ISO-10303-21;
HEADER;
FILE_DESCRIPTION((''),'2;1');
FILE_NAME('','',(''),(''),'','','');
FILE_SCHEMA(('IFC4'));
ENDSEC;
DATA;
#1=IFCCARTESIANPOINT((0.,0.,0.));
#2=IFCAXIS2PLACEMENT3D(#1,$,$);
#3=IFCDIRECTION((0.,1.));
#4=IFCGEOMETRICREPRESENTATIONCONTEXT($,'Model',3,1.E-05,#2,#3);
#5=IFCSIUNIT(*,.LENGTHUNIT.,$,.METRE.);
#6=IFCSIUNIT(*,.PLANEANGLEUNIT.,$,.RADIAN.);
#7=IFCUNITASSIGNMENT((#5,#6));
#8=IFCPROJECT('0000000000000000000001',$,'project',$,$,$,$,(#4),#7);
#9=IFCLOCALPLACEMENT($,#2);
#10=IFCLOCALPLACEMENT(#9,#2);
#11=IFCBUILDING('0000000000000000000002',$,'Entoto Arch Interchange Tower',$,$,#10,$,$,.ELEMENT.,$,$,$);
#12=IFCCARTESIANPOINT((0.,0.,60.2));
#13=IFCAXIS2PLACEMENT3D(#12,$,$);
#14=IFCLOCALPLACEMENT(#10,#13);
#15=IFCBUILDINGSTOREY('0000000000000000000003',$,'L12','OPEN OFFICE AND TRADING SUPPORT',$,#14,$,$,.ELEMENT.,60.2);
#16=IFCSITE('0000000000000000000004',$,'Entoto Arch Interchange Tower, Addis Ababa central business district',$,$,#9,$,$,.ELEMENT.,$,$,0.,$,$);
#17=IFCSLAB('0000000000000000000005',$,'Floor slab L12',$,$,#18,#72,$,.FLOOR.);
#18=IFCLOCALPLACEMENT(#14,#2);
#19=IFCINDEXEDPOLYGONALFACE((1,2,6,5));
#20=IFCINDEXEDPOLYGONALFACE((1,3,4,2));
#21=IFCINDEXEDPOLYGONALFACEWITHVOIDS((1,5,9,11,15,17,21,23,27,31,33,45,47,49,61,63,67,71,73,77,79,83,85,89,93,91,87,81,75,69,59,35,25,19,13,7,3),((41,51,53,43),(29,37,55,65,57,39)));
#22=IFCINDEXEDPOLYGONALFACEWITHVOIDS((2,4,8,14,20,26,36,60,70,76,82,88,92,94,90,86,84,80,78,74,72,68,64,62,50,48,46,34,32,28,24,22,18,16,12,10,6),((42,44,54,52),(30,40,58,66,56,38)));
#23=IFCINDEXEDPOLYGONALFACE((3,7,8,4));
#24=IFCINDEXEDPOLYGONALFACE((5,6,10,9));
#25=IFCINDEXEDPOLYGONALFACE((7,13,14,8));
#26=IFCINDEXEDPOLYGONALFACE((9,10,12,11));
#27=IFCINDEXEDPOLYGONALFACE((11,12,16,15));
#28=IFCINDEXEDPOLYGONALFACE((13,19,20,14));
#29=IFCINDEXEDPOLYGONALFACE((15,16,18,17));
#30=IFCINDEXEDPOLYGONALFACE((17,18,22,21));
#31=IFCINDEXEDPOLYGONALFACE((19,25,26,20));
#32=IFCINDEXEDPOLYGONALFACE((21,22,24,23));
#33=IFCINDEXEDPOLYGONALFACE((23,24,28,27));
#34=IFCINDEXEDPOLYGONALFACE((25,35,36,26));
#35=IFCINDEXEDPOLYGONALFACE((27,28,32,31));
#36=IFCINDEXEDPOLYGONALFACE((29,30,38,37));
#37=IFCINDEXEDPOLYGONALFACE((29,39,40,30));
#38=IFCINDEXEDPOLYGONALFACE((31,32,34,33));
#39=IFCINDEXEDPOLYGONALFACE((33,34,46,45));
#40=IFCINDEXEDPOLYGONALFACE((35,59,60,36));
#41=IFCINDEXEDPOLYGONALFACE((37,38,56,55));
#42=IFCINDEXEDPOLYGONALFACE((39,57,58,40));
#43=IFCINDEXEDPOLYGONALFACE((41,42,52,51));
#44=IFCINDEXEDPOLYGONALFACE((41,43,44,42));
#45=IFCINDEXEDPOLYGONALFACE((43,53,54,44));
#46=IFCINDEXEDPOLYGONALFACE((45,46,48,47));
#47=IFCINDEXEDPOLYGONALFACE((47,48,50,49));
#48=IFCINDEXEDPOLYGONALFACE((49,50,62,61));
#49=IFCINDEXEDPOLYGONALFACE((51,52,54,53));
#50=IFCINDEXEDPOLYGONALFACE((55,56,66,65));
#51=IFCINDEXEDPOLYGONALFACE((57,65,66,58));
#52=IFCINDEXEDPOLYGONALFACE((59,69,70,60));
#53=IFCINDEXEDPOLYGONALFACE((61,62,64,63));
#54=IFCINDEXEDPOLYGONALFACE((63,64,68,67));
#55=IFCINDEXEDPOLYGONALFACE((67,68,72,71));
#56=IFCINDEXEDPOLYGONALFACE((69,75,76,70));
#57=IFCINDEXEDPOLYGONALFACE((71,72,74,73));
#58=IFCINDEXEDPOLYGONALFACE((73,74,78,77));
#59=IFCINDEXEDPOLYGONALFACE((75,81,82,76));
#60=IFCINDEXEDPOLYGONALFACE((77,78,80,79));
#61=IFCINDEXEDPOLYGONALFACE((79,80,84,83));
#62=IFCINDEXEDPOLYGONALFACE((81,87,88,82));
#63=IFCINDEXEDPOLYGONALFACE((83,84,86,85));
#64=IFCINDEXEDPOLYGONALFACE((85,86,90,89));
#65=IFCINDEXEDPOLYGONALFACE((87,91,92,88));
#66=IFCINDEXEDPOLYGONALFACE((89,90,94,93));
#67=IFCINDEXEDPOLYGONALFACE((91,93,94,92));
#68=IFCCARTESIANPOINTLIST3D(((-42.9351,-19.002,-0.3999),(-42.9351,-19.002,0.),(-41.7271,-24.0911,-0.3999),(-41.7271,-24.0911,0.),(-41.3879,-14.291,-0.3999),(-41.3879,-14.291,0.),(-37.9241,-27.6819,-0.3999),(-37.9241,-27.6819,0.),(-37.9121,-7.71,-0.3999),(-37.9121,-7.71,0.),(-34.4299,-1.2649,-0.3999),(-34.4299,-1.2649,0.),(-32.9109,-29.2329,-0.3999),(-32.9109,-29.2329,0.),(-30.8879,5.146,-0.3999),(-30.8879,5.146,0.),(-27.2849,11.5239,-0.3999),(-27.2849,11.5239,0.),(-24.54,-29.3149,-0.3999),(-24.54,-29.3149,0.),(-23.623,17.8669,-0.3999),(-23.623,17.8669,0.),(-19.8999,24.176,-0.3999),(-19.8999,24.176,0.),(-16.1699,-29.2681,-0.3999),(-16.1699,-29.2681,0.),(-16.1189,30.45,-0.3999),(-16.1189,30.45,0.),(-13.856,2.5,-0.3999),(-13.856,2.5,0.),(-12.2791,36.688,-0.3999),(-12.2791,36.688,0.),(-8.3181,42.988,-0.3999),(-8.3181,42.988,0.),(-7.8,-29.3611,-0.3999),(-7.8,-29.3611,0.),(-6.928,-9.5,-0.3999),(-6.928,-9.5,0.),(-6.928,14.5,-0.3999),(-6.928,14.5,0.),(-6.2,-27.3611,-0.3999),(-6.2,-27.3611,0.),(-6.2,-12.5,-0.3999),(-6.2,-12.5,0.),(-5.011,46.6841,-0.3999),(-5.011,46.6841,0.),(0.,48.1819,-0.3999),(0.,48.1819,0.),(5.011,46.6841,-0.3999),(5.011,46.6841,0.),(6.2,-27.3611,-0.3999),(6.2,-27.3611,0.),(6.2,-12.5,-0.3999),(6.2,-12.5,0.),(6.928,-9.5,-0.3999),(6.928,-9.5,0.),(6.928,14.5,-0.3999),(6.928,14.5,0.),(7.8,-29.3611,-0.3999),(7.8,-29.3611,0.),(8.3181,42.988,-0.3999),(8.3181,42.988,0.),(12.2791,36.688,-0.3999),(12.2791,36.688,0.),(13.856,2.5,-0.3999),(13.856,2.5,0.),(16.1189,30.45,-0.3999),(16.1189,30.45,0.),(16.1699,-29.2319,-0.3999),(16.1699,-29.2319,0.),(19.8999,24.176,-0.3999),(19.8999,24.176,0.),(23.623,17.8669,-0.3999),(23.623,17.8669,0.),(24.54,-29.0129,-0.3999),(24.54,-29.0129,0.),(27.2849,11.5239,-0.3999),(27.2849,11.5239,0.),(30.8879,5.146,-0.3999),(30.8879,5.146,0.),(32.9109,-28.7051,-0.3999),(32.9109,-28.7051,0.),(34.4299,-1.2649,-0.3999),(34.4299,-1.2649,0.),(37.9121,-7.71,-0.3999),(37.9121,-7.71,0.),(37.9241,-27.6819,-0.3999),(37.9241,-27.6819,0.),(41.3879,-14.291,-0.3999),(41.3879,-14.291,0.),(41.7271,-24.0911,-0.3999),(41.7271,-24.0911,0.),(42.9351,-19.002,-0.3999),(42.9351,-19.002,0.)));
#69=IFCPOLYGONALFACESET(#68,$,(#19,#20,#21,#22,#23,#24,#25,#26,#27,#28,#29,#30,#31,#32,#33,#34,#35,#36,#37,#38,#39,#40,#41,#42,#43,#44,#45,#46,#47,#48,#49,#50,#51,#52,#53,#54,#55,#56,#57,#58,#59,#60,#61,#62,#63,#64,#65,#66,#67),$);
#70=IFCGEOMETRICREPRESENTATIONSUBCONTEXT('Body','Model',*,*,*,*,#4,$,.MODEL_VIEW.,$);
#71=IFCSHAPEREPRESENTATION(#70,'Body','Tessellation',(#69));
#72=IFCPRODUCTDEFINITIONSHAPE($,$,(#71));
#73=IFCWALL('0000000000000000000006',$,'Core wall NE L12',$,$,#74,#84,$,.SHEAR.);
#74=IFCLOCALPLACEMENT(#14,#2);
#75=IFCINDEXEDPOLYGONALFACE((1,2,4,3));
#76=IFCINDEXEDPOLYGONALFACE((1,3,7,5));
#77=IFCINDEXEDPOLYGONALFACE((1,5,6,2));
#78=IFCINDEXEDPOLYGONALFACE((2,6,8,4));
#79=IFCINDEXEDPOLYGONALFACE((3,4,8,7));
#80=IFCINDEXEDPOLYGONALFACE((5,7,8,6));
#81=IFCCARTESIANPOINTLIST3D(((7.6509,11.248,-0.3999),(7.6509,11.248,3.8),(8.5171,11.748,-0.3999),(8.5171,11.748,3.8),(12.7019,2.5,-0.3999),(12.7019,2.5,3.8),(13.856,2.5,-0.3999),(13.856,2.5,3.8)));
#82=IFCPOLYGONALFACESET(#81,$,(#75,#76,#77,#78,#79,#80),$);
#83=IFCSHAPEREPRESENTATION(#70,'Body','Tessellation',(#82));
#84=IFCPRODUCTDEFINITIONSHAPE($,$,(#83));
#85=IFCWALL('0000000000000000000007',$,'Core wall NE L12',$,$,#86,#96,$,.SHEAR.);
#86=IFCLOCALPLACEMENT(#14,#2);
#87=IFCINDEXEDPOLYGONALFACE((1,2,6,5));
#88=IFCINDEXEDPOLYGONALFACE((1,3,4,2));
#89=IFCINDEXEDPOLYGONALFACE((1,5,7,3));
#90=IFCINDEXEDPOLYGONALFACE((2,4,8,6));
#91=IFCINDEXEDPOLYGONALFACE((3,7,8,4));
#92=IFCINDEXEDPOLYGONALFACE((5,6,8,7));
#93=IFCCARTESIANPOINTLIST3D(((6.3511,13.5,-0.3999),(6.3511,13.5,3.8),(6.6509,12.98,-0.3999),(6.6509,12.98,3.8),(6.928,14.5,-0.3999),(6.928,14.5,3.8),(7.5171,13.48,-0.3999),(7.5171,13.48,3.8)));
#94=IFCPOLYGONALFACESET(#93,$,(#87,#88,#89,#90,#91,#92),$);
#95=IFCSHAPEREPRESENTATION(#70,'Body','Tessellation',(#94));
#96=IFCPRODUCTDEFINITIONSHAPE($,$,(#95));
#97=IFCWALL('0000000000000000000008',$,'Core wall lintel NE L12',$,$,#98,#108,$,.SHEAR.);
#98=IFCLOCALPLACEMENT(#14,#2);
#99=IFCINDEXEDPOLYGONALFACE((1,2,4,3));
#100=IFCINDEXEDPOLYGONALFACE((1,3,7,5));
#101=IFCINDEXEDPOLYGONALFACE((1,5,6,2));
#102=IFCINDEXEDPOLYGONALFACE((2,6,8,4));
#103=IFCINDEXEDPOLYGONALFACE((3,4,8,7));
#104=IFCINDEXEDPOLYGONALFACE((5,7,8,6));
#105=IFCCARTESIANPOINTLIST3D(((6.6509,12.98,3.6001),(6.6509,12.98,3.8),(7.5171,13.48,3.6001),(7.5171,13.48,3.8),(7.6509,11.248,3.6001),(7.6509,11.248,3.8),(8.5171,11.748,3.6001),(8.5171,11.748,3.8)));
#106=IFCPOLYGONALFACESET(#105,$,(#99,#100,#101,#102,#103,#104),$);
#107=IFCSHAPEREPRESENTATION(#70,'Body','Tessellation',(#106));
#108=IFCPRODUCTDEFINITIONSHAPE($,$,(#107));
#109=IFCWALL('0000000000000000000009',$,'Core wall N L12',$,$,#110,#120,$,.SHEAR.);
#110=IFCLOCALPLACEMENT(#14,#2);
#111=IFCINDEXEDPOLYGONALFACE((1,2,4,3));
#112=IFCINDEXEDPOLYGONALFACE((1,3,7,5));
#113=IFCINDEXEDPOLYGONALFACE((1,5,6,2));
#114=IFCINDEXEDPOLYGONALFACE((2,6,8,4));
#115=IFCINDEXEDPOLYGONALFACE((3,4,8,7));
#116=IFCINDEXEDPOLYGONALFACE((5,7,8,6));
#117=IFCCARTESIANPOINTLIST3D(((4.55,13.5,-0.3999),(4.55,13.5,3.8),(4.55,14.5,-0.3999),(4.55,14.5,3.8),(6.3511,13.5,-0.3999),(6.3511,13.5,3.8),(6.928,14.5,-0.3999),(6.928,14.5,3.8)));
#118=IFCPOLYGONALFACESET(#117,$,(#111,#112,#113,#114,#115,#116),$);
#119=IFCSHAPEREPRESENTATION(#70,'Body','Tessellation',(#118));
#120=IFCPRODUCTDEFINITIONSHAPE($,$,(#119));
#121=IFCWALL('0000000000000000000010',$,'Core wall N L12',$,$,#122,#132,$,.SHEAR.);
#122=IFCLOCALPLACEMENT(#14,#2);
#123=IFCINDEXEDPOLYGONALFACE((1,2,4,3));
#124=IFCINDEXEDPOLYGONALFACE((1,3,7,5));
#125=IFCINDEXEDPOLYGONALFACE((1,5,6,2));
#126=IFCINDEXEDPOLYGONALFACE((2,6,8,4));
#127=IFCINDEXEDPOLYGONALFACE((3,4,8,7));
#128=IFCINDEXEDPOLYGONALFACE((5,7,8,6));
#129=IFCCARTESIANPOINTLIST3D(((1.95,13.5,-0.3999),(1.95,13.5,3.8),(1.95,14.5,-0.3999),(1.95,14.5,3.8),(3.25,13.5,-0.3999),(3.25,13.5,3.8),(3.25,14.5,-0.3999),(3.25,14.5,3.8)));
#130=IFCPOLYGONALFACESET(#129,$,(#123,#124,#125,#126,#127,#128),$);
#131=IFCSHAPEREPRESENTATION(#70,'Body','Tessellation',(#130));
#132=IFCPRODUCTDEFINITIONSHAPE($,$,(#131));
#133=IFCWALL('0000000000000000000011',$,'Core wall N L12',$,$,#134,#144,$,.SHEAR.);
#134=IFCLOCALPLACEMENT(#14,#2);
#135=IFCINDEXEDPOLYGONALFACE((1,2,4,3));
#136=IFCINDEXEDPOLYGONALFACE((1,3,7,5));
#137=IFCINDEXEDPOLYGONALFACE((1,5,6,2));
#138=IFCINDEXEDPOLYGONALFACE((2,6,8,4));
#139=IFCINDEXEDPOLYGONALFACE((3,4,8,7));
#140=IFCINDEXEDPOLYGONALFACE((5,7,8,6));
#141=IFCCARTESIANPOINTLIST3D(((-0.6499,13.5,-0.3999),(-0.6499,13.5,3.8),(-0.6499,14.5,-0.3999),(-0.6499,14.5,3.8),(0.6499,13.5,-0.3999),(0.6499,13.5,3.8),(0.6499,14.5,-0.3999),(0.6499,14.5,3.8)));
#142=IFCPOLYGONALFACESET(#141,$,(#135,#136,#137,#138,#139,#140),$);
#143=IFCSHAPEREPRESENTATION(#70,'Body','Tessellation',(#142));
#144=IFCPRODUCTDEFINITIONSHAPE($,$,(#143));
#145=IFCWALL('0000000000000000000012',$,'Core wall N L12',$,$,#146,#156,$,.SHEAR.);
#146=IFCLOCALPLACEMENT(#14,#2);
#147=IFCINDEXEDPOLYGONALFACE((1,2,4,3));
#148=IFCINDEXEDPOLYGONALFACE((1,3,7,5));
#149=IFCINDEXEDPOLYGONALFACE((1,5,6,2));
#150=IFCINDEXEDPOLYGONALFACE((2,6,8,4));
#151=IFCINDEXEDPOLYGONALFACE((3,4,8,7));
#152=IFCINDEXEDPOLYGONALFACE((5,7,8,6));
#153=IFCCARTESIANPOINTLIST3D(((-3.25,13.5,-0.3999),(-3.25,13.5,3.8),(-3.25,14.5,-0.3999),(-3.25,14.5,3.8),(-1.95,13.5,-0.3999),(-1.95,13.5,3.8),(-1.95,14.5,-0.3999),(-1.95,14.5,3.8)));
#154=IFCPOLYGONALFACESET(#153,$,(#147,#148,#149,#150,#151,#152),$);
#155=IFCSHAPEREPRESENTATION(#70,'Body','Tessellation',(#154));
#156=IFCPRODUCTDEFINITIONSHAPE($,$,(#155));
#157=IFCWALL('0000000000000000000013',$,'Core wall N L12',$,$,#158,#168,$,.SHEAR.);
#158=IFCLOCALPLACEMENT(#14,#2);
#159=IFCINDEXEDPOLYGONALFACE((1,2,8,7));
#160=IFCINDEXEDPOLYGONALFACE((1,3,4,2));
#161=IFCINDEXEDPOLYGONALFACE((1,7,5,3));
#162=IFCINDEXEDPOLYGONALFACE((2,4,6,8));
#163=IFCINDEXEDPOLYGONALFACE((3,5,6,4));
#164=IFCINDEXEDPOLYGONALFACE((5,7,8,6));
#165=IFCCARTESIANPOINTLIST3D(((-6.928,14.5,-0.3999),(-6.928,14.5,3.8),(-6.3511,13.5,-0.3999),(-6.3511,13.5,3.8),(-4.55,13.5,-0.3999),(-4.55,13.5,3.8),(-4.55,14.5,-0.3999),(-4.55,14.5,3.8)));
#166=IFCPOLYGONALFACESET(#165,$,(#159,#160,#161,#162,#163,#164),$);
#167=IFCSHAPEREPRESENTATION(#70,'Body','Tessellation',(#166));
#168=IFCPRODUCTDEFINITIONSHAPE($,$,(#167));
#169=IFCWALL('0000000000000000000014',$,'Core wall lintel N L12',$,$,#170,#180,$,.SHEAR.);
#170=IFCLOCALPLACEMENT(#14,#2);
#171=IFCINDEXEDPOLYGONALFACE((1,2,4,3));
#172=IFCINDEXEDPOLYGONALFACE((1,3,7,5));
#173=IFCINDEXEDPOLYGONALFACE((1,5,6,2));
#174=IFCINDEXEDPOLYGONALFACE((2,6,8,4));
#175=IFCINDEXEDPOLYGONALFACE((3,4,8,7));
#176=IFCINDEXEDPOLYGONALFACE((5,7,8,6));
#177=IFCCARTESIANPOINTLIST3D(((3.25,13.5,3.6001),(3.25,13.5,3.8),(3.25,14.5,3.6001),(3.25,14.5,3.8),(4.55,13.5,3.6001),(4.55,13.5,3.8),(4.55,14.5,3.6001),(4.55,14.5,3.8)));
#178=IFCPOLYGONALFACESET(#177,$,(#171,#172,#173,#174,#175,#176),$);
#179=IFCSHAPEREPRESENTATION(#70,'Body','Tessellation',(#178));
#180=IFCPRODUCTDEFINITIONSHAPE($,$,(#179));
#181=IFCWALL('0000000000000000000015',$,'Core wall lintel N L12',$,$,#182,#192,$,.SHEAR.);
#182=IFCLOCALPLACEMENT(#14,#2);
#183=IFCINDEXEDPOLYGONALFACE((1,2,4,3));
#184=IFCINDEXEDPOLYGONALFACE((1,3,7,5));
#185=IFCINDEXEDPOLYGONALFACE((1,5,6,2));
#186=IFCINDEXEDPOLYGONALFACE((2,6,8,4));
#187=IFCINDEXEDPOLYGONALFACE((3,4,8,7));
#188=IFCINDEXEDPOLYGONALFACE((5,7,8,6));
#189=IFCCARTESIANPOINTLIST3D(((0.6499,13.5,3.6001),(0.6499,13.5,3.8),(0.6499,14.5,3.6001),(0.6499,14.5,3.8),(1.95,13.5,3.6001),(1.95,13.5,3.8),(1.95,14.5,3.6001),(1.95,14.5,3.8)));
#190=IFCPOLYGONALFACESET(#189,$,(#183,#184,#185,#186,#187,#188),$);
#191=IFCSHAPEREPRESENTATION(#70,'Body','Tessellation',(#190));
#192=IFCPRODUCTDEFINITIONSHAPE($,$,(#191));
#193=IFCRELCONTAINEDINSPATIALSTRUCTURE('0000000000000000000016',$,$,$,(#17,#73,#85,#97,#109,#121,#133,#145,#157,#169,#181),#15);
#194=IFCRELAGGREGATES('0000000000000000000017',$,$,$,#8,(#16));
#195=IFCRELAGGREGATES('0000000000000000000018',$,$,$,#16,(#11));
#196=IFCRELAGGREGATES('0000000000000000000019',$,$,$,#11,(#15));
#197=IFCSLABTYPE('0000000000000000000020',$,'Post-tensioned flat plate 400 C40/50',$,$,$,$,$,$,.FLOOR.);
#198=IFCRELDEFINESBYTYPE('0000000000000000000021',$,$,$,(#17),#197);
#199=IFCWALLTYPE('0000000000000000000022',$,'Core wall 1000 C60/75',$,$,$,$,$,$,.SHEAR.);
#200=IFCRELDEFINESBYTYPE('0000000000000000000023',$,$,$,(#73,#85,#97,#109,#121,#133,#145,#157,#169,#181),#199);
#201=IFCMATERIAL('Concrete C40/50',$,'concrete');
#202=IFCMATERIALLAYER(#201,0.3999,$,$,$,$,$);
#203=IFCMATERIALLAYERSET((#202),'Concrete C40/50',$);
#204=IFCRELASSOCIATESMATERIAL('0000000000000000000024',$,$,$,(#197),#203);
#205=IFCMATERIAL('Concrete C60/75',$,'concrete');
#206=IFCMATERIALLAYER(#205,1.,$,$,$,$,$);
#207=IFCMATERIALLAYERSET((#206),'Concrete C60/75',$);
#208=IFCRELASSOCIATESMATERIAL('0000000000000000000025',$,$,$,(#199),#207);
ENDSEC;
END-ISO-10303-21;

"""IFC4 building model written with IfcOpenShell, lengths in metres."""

from ifc_helpers import new_model, si_unit, direction, frame, origin, place, context, subcontext, project, spatial, polyline, outline, extrude, material, layer, layer_set, type_object, element, save


model = new_model("IFC4")

# Units and contexts
model_context = context("Model", 3, precision=1e-05, world=origin(), true_north=direction((0.0, 1.0)))
body_context = subcontext(model_context, "Body", "Model", "MODEL_VIEW")
ifc_project = project(units=[si_unit("LENGTHUNIT", "METRE"), si_unit("PLANEANGLEUNIT", "RADIAN")], contexts=[model_context])

# Site, building, storey
site_placement = place(None, origin())
site = spatial("IfcSite", under=ifc_project, at=site_placement, Name="Entoto Arch Interchange Tower, Addis Ababa central business district", CompositionType="ELEMENT", RefElevation=0.0)
building_placement = place(site_placement, origin())
building = spatial("IfcBuilding", under=site, at=building_placement, Name="Entoto Arch Interchange Tower", CompositionType="ELEMENT")
storey_placement = place(building_placement, frame((0.0, 0.0, 60.2)))
storey = spatial("IfcBuildingStorey", under=building, at=storey_placement, Name="L12", Description="OPEN OFFICE AND TRADING SUPPORT", CompositionType="ELEMENT", Elevation=60.2)

# Slab
ifc_material_1 = material(Name="Concrete C40/50", Category="concrete")
ifc_layer_1 = layer(ifc_material_1, 0.3999)
ifc_layer_set_1 = layer_set([ifc_layer_1], Name="Concrete C40/50")
slab_type = type_object("IfcSlabType", Name="Post-tensioned flat plate 400 C40/50", PredefinedType="FLOOR", material=ifc_layer_set_1)
slab_placement = place(storey_placement, frame((0.0, 0.0, -0.3999)))
element("IfcSlab", 1, at=slab_placement, inside=storey, type_object=slab_type, Name="Floor slab L12", PredefinedType="FLOOR", context=body_context, shape_type="SweptSolid", body=[
    extrude(outline(polyline([(-32.9109, -29.2329), (-24.54, -29.3149), (-16.1699, -29.2681), (-7.8, -29.3611), (7.8, -29.3611), (16.1699, -29.2319), (24.54, -29.0129), (32.9109, -28.7051), (37.9241, -27.6819), (41.7271, -24.0911), (42.9351, -19.002), (41.3879, -14.291), (37.9121, -7.71), (34.4299, -1.2649), (30.8879, 5.146), (27.2849, 11.5239), (23.623, 17.8669), (19.8999, 24.176), (16.1189, 30.45), (12.2791, 36.688), (8.3181, 42.988), (5.011, 46.6841), (0.0, 48.1819), (-5.011, 46.6841), (-8.3181, 42.988), (-12.2791, 36.688), (-16.1189, 30.45), (-19.8999, 24.176), (-23.623, 17.8669), (-27.2849, 11.5239), (-30.8879, 5.146), (-34.4299, -1.2649), (-37.9121, -7.71), (-41.3879, -14.291), (-42.9351, -19.002), (-41.7271, -24.0911), (-37.9241, -27.6819), (-32.9109, -29.2329)]), holes=[polyline([(6.2, -27.3611), (6.2, -12.5), (-6.2, -12.5), (-6.2, -27.3611), (6.2, -27.3611)]), polyline([(13.856, 2.5), (6.928, 14.5), (-6.928, 14.5), (-13.856, 2.5), (-6.928, -9.5), (6.928, -9.5), (13.856, 2.5)])]), origin(), (0.0, 0.0, 1.0), 0.3999),
])

# Walls
ifc_material_2 = material(Name="Concrete C60/75", Category="concrete")
ifc_layer_2 = layer(ifc_material_2, 1.0)
ifc_layer_set_2 = layer_set([ifc_layer_2], Name="Concrete C60/75")
wall_type_1 = type_object("IfcWallType", Name="Core wall 1000 C60/75", PredefinedType="SHEAR", material=ifc_layer_set_2)
wall_1_placement = place(storey_placement, frame((0.0, 0.0, -0.3999)))
element("IfcWall", 2, at=wall_1_placement, inside=storey, type_object=wall_type_1, Name="Core wall NE L12", PredefinedType="SHEAR", context=body_context, shape_type="SweptSolid", body=[
    extrude(outline(polyline([(8.5171, 11.748), (7.6509, 11.248), (12.7019, 2.5), (13.856, 2.5), (8.5171, 11.748)])), origin(), (0.0, 0.0, 1.0), 4.2),
])
wall_2_placement = place(storey_placement, frame((0.0, 0.0, -0.3999)))
element("IfcWall", 3, at=wall_2_placement, inside=storey, type_object=wall_type_1, Name="Core wall NE L12", PredefinedType="SHEAR", context=body_context, shape_type="SweptSolid", body=[
    extrude(outline(polyline([(6.6509, 12.98), (7.5171, 13.48), (6.928, 14.5), (6.3511, 13.5), (6.6509, 12.98)])), origin(), (0.0, 0.0, 1.0), 4.2),
])
wall_3_placement = place(storey_placement, frame((0.0, 0.0, 3.6001)))
element("IfcWall", 4, at=wall_3_placement, inside=storey, type_object=wall_type_1, Name="Core wall lintel NE L12", PredefinedType="SHEAR", context=body_context, shape_type="SweptSolid", body=[
    extrude(outline(polyline([(7.5171, 13.48), (6.6509, 12.98), (7.6509, 11.248), (8.5171, 11.748), (7.5171, 13.48)])), origin(), (0.0, 0.0, 1.0), 0.2),
])
wall_4_placement = place(storey_placement, frame((0.0, 0.0, -0.3999)))
element("IfcWall", 5, at=wall_4_placement, inside=storey, type_object=wall_type_1, Name="Core wall N L12", PredefinedType="SHEAR", context=body_context, shape_type="SweptSolid", body=[
    extrude(outline(polyline([(4.55, 14.5), (4.55, 13.5), (6.3511, 13.5), (6.928, 14.5), (4.55, 14.5)])), origin(), (0.0, 0.0, 1.0), 4.2),
])
wall_5_placement = place(storey_placement, frame((0.0, 0.0, -0.3999)))
element("IfcWall", 6, at=wall_5_placement, inside=storey, type_object=wall_type_1, Name="Core wall N L12", PredefinedType="SHEAR", context=body_context, shape_type="SweptSolid", body=[
    extrude(outline(polyline([(1.95, 14.5), (1.95, 13.5), (3.25, 13.5), (3.25, 14.5), (1.95, 14.5)])), origin(), (0.0, 0.0, 1.0), 4.2),
])
wall_6_placement = place(storey_placement, frame((0.0, 0.0, -0.3999)))
element("IfcWall", 7, at=wall_6_placement, inside=storey, type_object=wall_type_1, Name="Core wall N L12", PredefinedType="SHEAR", context=body_context, shape_type="SweptSolid", body=[
    extrude(outline(polyline([(-0.6499, 14.5), (-0.6499, 13.5), (0.6499, 13.5), (0.6499, 14.5), (-0.6499, 14.5)])), origin(), (0.0, 0.0, 1.0), 4.2),
])
wall_7_placement = place(storey_placement, frame((0.0, 0.0, -0.3999)))
element("IfcWall", 8, at=wall_7_placement, inside=storey, type_object=wall_type_1, Name="Core wall N L12", PredefinedType="SHEAR", context=body_context, shape_type="SweptSolid", body=[
    extrude(outline(polyline([(-3.25, 14.5), (-3.25, 13.5), (-1.95, 13.5), (-1.95, 14.5), (-3.25, 14.5)])), origin(), (0.0, 0.0, 1.0), 4.2),
])
wall_8_placement = place(storey_placement, frame((0.0, 0.0, -0.3999)))
element("IfcWall", 9, at=wall_8_placement, inside=storey, type_object=wall_type_1, Name="Core wall N L12", PredefinedType="SHEAR", context=body_context, shape_type="SweptSolid", body=[
    extrude(outline(polyline([(-4.55, 13.5), (-4.55, 14.5), (-6.928, 14.5), (-6.3511, 13.5), (-4.55, 13.5)])), origin(), (0.0, 0.0, 1.0), 4.2),
])
wall_9_placement = place(storey_placement, frame((0.0, 0.0, 3.6001)))
element("IfcWall", 10, at=wall_9_placement, inside=storey, type_object=wall_type_1, Name="Core wall lintel N L12", PredefinedType="SHEAR", context=body_context, shape_type="SweptSolid", body=[
    extrude(outline(polyline([(3.25, 14.5), (3.25, 13.5), (4.55, 13.5), (4.55, 14.5), (3.25, 14.5)])), origin(), (0.0, 0.0, 1.0), 0.2),
])
wall_10_placement = place(storey_placement, frame((0.0, 0.0, 3.6001)))
element("IfcWall", 11, at=wall_10_placement, inside=storey, type_object=wall_type_1, Name="Core wall lintel N L12", PredefinedType="SHEAR", context=body_context, shape_type="SweptSolid", body=[
    extrude(outline(polyline([(0.6499, 14.5), (0.6499, 13.5), (1.95, 13.5), (1.95, 14.5), (0.6499, 14.5)])), origin(), (0.0, 0.0, 1.0), 0.2),
])

save(model, "model.ifc")
